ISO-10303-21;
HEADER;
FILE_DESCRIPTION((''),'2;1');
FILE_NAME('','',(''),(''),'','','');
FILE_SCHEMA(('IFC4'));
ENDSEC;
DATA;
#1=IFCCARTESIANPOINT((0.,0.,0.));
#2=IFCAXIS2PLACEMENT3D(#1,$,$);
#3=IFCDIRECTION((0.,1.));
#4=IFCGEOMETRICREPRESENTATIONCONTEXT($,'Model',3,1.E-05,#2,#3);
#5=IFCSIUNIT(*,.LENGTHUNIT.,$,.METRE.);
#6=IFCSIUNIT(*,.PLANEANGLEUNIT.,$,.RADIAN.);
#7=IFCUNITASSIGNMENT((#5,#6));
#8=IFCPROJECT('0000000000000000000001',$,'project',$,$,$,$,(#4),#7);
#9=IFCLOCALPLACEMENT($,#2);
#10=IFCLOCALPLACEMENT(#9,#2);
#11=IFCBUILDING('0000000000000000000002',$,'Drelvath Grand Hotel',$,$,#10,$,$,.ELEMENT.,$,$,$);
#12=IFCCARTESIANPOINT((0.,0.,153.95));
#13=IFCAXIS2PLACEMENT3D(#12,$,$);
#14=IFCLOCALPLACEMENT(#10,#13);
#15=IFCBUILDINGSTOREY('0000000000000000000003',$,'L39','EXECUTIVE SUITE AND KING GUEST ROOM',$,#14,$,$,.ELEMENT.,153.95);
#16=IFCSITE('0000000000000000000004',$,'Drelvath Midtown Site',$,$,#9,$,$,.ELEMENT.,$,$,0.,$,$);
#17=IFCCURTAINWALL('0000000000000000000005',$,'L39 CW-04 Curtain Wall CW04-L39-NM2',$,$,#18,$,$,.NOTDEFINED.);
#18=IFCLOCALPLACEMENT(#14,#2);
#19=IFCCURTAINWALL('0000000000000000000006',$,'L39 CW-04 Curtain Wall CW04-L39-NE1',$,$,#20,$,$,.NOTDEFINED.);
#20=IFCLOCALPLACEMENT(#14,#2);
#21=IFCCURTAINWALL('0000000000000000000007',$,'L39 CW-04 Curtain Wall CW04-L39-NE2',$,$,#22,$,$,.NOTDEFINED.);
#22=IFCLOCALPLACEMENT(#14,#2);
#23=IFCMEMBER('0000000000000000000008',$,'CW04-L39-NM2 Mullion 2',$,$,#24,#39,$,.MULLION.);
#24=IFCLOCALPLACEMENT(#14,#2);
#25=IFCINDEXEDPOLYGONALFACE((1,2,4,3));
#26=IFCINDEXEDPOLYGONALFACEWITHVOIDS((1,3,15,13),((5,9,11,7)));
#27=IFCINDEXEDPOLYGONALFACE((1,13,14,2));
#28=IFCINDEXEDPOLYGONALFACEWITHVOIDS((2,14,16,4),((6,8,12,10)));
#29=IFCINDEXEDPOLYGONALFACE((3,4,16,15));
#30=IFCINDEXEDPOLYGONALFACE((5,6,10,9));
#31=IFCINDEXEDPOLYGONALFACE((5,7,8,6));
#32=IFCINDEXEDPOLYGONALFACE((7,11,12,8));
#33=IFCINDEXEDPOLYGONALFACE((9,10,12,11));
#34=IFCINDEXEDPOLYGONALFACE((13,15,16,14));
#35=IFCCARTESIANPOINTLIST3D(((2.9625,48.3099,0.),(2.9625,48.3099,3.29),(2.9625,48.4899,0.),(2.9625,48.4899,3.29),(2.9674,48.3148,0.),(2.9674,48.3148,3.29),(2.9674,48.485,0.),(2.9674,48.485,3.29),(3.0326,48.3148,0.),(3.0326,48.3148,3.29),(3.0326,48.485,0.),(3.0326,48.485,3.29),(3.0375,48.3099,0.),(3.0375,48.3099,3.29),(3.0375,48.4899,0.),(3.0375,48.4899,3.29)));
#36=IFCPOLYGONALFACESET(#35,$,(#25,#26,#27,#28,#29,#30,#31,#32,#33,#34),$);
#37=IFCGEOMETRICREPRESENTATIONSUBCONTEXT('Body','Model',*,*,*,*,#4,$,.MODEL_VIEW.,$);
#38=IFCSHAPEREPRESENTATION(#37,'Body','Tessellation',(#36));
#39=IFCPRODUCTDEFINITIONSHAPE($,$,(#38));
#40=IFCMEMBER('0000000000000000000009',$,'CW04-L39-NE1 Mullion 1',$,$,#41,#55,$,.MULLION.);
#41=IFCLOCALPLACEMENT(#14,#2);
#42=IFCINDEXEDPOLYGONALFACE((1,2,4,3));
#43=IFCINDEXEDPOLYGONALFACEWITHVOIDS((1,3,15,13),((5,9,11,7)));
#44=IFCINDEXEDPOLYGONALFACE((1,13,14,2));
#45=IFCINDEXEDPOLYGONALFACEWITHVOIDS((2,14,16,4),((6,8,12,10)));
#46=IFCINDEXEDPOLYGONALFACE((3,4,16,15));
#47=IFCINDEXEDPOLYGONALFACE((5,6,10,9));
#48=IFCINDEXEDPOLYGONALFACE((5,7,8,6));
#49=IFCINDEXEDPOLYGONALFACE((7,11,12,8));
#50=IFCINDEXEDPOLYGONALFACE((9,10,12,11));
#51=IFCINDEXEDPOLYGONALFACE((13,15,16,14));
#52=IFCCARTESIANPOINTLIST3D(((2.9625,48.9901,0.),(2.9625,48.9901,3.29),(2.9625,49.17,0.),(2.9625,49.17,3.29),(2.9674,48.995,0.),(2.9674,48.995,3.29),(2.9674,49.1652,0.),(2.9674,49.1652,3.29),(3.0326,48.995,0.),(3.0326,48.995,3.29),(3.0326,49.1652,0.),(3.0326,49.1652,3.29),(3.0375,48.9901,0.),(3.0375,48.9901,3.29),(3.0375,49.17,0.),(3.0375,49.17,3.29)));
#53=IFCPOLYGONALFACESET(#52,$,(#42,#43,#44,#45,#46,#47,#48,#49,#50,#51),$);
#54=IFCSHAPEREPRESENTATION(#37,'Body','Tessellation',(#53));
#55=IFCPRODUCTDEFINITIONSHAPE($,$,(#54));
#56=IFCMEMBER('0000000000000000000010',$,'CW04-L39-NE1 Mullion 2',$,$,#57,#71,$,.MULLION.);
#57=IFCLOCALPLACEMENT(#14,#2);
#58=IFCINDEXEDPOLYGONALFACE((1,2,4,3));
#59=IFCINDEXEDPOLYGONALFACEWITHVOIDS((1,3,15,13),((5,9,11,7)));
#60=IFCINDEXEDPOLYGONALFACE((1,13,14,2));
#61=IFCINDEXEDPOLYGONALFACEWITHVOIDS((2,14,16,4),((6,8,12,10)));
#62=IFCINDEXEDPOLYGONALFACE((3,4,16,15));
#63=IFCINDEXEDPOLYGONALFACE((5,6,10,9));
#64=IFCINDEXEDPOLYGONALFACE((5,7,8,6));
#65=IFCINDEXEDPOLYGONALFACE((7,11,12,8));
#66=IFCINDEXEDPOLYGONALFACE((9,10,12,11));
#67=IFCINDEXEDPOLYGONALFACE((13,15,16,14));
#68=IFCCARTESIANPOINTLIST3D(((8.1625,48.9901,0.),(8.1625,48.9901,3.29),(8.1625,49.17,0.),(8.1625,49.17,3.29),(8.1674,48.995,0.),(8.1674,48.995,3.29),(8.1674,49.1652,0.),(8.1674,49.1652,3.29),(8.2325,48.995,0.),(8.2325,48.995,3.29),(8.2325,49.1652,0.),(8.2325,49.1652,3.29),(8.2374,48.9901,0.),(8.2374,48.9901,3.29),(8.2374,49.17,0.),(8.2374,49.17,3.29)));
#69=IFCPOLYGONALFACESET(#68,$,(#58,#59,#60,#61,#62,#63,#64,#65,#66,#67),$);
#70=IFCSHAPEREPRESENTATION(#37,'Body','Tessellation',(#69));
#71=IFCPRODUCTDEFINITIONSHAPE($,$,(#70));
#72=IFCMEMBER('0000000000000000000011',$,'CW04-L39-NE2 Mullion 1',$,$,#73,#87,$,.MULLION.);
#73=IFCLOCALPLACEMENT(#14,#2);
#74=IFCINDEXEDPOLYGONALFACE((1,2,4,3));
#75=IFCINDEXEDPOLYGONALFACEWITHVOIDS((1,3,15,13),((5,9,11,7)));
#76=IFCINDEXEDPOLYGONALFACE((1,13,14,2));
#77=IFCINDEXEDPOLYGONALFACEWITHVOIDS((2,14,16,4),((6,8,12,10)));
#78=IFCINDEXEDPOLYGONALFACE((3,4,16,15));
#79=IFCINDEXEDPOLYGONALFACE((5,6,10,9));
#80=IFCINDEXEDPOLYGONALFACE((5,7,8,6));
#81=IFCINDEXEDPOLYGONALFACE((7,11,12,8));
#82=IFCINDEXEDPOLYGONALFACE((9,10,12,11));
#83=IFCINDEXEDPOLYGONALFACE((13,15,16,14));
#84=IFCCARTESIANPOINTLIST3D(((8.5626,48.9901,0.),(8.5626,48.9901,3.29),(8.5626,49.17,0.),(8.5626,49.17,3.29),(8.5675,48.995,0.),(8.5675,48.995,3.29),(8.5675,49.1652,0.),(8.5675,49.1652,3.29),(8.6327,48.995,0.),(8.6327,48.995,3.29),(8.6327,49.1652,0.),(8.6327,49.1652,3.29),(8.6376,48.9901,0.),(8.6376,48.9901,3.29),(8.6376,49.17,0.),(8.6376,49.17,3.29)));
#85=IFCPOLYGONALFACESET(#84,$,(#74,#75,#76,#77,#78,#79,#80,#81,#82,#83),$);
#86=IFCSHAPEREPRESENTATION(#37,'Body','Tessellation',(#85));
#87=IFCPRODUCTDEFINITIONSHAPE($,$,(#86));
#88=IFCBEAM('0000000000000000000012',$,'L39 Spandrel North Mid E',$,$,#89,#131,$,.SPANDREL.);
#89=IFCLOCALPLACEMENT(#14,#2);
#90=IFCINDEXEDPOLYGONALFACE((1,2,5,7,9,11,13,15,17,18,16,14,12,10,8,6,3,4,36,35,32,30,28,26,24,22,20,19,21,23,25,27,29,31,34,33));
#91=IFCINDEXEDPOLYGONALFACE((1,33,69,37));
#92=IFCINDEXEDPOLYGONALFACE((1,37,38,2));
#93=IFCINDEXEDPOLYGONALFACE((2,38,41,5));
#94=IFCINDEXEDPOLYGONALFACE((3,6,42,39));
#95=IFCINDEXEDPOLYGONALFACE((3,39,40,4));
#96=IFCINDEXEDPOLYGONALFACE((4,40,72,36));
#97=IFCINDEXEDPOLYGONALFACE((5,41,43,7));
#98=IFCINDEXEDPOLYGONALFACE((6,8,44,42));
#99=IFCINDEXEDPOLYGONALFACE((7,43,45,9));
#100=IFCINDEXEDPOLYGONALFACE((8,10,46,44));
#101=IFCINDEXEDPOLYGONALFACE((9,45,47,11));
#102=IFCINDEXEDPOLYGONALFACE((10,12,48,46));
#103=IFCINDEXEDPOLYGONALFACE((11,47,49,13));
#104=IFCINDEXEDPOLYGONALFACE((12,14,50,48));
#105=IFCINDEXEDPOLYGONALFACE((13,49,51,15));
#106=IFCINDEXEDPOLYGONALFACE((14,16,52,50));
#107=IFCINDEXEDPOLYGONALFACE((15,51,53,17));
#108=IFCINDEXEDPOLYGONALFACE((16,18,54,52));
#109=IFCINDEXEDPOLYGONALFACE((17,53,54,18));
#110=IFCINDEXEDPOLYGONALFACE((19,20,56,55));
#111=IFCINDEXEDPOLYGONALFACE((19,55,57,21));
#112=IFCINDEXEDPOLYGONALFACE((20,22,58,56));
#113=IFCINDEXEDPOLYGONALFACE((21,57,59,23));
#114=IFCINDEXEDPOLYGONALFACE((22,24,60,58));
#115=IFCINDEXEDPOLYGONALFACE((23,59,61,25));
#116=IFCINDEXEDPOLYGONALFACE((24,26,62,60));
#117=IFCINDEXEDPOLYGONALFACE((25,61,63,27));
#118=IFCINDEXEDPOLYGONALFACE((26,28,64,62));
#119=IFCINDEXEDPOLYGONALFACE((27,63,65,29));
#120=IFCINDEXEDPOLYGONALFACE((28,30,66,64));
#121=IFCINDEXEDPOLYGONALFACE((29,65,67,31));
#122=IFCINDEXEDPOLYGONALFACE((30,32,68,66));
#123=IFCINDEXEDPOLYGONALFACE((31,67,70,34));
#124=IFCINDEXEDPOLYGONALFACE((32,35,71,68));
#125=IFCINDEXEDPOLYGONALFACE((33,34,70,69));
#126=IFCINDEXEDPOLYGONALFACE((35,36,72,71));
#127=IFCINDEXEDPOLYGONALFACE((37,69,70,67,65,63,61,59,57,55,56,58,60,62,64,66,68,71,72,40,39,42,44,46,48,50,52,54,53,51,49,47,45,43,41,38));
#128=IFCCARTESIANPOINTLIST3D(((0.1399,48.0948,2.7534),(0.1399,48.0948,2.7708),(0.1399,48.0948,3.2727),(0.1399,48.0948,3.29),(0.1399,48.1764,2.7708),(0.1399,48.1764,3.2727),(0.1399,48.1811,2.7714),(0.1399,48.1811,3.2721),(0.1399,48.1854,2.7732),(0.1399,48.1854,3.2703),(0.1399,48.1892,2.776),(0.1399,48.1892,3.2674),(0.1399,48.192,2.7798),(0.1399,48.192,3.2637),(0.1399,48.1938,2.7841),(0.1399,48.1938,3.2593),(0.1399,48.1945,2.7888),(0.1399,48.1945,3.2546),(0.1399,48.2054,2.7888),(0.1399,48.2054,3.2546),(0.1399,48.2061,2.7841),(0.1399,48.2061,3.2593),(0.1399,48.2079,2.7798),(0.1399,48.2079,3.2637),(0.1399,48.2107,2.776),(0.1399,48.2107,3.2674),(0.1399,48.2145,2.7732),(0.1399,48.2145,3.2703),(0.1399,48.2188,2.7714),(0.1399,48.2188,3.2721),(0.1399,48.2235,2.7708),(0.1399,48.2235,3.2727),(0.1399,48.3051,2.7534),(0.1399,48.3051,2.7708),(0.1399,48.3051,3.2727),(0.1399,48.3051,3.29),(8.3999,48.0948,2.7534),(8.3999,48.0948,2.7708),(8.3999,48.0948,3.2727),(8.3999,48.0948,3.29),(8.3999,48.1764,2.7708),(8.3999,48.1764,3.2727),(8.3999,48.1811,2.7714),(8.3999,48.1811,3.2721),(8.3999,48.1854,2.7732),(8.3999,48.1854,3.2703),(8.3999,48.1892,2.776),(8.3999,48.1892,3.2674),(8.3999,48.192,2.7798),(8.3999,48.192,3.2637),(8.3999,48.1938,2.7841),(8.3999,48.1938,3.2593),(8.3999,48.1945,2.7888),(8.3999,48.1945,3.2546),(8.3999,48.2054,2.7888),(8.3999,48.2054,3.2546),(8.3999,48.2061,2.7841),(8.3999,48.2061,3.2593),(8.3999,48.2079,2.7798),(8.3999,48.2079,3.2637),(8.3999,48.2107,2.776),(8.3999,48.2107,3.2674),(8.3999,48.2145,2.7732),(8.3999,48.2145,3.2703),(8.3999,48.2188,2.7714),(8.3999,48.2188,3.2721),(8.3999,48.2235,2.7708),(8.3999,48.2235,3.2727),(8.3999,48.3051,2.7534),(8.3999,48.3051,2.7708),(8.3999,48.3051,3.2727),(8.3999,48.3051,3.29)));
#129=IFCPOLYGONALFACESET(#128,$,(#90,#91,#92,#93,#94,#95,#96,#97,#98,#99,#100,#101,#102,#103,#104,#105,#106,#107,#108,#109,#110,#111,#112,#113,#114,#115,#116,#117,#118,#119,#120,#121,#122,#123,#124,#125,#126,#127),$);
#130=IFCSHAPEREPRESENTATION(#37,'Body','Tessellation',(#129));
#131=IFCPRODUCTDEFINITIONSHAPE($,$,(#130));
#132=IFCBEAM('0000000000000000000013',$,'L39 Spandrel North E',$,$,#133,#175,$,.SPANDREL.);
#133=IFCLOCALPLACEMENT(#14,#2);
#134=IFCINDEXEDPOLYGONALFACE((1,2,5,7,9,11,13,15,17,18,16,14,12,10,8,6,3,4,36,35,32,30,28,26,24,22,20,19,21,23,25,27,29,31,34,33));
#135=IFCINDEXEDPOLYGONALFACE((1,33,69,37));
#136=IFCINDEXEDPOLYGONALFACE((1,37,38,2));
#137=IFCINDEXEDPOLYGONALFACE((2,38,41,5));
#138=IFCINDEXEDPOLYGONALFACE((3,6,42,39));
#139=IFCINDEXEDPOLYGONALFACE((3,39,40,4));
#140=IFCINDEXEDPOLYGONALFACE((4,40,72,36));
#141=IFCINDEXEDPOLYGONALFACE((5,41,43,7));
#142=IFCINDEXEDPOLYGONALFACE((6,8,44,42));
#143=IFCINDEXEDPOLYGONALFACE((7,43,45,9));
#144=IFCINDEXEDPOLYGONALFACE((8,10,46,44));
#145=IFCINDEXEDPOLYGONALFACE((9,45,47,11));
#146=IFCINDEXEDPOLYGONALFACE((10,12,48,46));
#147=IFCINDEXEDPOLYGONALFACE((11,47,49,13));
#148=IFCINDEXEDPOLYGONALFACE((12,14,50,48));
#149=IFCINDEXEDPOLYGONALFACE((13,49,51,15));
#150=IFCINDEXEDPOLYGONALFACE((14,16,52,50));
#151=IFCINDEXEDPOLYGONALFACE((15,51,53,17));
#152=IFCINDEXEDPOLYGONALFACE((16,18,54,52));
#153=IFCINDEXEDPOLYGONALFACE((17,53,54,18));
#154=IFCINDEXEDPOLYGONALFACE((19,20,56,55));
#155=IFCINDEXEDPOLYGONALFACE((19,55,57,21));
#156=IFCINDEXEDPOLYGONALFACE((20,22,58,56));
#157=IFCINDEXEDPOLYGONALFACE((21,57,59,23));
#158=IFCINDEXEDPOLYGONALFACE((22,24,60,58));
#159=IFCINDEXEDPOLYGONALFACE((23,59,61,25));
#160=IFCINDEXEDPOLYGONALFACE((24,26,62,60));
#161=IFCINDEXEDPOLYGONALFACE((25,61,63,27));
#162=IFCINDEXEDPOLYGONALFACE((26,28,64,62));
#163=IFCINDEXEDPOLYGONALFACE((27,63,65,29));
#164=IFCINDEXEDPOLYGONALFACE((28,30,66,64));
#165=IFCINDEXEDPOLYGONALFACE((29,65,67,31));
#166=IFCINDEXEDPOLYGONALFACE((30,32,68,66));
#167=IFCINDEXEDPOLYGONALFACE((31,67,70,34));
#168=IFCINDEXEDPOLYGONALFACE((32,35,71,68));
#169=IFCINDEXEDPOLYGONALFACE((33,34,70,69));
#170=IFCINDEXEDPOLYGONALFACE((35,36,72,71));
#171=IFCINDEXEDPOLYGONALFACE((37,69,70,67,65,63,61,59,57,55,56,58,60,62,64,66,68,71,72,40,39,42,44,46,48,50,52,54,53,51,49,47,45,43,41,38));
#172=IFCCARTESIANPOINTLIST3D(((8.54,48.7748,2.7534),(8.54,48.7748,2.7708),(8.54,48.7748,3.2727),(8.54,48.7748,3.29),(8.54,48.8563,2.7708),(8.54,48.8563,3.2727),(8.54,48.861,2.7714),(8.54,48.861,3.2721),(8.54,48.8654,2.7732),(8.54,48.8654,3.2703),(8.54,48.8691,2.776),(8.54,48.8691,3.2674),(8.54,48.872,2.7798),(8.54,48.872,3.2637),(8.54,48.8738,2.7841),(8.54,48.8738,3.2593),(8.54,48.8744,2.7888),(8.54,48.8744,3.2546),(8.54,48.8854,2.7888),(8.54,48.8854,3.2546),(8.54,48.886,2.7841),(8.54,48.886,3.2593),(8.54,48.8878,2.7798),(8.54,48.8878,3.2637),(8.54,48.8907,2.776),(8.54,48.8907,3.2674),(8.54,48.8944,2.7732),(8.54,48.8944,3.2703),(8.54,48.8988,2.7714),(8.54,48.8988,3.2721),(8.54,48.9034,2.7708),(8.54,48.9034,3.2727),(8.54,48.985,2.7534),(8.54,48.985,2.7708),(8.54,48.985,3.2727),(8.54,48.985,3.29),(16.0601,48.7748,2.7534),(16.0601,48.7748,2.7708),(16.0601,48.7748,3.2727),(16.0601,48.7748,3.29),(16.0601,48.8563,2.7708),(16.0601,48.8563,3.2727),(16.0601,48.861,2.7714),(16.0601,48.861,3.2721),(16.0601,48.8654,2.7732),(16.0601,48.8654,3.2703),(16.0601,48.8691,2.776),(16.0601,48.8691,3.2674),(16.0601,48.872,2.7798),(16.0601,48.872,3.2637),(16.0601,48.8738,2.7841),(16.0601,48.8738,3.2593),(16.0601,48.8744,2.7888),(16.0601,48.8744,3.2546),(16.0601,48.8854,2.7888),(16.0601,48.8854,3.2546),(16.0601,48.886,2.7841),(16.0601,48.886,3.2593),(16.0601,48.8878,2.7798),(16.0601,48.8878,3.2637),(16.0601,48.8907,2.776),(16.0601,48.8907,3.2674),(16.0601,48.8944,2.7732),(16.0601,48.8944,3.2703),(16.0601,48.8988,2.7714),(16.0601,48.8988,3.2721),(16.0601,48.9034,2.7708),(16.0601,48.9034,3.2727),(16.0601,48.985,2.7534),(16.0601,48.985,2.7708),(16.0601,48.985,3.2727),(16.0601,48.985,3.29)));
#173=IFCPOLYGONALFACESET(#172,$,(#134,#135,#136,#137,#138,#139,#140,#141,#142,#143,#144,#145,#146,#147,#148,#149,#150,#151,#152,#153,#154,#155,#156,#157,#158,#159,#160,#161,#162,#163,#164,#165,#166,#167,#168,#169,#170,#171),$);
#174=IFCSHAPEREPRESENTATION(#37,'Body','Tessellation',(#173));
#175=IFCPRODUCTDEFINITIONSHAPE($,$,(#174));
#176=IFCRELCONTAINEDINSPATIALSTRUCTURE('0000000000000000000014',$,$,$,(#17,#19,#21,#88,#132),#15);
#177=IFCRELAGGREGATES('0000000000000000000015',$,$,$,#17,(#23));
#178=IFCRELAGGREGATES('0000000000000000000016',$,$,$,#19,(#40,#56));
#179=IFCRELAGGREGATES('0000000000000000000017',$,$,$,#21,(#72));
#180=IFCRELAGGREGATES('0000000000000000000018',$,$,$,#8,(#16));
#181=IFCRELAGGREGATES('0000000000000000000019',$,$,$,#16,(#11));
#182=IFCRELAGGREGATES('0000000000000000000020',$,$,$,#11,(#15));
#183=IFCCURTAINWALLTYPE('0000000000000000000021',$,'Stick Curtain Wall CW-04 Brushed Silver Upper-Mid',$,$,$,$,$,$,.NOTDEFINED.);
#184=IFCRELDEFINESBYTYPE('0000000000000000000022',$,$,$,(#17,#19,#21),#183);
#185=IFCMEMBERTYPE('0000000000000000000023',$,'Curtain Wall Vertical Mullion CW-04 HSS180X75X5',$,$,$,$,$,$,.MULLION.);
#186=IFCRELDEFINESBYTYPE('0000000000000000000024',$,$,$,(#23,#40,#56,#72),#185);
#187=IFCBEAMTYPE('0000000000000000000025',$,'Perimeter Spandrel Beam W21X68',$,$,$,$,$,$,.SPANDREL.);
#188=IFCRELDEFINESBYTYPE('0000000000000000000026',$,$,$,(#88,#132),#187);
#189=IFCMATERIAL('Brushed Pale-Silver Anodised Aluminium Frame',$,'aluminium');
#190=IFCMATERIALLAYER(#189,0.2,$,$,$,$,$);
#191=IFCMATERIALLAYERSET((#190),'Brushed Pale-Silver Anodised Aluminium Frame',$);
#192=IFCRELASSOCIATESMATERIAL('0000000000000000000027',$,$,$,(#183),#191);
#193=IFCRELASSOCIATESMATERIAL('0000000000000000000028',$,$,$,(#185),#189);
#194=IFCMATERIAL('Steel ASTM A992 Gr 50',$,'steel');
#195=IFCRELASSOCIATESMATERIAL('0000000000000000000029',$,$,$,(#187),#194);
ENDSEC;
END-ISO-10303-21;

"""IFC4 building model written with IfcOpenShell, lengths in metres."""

from ifc_helpers import new_model, si_unit, direction, frame, origin, origin_2d, place, context, subcontext, project, spatial, hollow_rectangle, i_section, extrude, material, layer, layer_set, material_profile, profile_set, type_object, element, aggregate, save


model = new_model("IFC4")

# Units and contexts
model_context = context("Model", 3, precision=1e-05, world=origin(), true_north=direction((0.0, 1.0)))
body_context = subcontext(model_context, "Body", "Model", "MODEL_VIEW")
ifc_project = project(units=[si_unit("LENGTHUNIT", "METRE"), si_unit("PLANEANGLEUNIT", "RADIAN")], contexts=[model_context])

# Site, building, storey
site_placement = place(None, origin())
site = spatial("IfcSite", under=ifc_project, at=site_placement, Name="Drelvath Midtown Site", CompositionType="ELEMENT", RefElevation=0.0)
building_placement = place(site_placement, origin())
building = spatial("IfcBuilding", under=site, at=building_placement, Name="Drelvath Grand Hotel", CompositionType="ELEMENT")
storey_placement = place(building_placement, frame((0.0, 0.0, 153.95)))
storey = spatial("IfcBuildingStorey", under=building, at=storey_placement, Name="L39", Description="EXECUTIVE SUITE AND KING GUEST ROOM", CompositionType="ELEMENT", Elevation=153.95)

# Curtain walls
ifc_material_1 = material(Name="Brushed Pale-Silver Anodised Aluminium Frame", Category="aluminium")
ifc_layer_1 = layer(ifc_material_1, 0.2)
ifc_layer_set_1 = layer_set([ifc_layer_1], Name="Brushed Pale-Silver Anodised Aluminium Frame")
curtain_wall_type = type_object("IfcCurtainWallType", Name="Stick Curtain Wall CW-04 Brushed Silver Upper-Mid", PredefinedType="NOTDEFINED", material=ifc_layer_set_1)
curtain_wall_1_placement = place(storey_placement, origin())
curtain_wall_1 = element("IfcCurtainWall", 1, at=curtain_wall_1_placement, inside=storey, type_object=curtain_wall_type, Name="L39 CW-04 Curtain Wall CW04-L39-NM2", PredefinedType="NOTDEFINED")
curtain_wall_2_placement = place(storey_placement, origin())
curtain_wall_2 = element("IfcCurtainWall", 2, at=curtain_wall_2_placement, inside=storey, type_object=curtain_wall_type, Name="L39 CW-04 Curtain Wall CW04-L39-NE1", PredefinedType="NOTDEFINED")
curtain_wall_3_placement = place(storey_placement, origin())
curtain_wall_3 = element("IfcCurtainWall", 3, at=curtain_wall_3_placement, inside=storey, type_object=curtain_wall_type, Name="L39 CW-04 Curtain Wall CW04-L39-NE2", PredefinedType="NOTDEFINED")
ifc_material_profile_1 = material_profile(ifc_material_1, hollow_rectangle(XDim=0.075, YDim=0.1799, WallThickness=0.0049, at=origin_2d()), Name="HSS180X75X5")
ifc_profile_set_1 = profile_set([ifc_material_profile_1], Name="Brushed Pale-Silver Anodised Aluminium Frame")
member_type_1 = type_object("IfcMemberType", Name="Curtain Wall Vertical Mullion CW-04 HSS180X75X5", PredefinedType="MULLION", material=ifc_profile_set_1)

# Members
member_1_placement = place(storey_placement, frame((3.0, 48.3999, 0.0), z_axis=(0.0, 0.0, 1.0), x_axis=(1.0, 0.0, 0.0)))
member_1 = element("IfcMember", 4, at=member_1_placement, type_object=member_type_1, Name="CW04-L39-NM2 Mullion 2", PredefinedType="MULLION", context=body_context, shape_type="SweptSolid", body=[
    extrude(hollow_rectangle(XDim=0.075, YDim=0.1799, WallThickness=0.0049, at=origin_2d()), origin(), (0.0, 0.0, 1.0), 3.29),
])
member_2_placement = place(storey_placement, frame((3.0, 49.0801, 0.0), z_axis=(0.0, 0.0, 1.0), x_axis=(1.0, 0.0, 0.0)))
member_2 = element("IfcMember", 5, at=member_2_placement, type_object=member_type_1, Name="CW04-L39-NE1 Mullion 1", PredefinedType="MULLION", context=body_context, shape_type="SweptSolid", body=[
    extrude(hollow_rectangle(XDim=0.075, YDim=0.1799, WallThickness=0.0049, at=origin_2d()), origin(), (0.0, 0.0, 1.0), 3.29),
])
member_3_placement = place(storey_placement, frame((8.2, 49.0801, 0.0), z_axis=(0.0, 0.0, 1.0), x_axis=(1.0, 0.0, 0.0)))
member_3 = element("IfcMember", 6, at=member_3_placement, type_object=member_type_1, Name="CW04-L39-NE1 Mullion 2", PredefinedType="MULLION", context=body_context, shape_type="SweptSolid", body=[
    extrude(hollow_rectangle(XDim=0.075, YDim=0.1799, WallThickness=0.0049, at=origin_2d()), origin(), (0.0, 0.0, 1.0), 3.29),
])
member_4_placement = place(storey_placement, frame((8.6001, 49.0801, 0.0), z_axis=(0.0, 0.0, 1.0), x_axis=(1.0, 0.0, 0.0)))
member_4 = element("IfcMember", 7, at=member_4_placement, type_object=member_type_1, Name="CW04-L39-NE2 Mullion 1", PredefinedType="MULLION", context=body_context, shape_type="SweptSolid", body=[
    extrude(hollow_rectangle(XDim=0.075, YDim=0.1799, WallThickness=0.0049, at=origin_2d()), origin(), (0.0, 0.0, 1.0), 3.29),
])

# Beams
ifc_material_2 = material(Name="Steel ASTM A992 Gr 50", Category="steel")
ifc_material_profile_2 = material_profile(ifc_material_2, i_section(OverallWidth=0.2102, OverallDepth=0.5366, WebThickness=0.011, FlangeThickness=0.0173, FilletRadius=0.0181, at=origin_2d()), Name="W21X68")
ifc_profile_set_2 = profile_set([ifc_material_profile_2], Name="Steel ASTM A992 Gr 50")
beam_type_1 = type_object("IfcBeamType", Name="Perimeter Spandrel Beam W21X68", PredefinedType="SPANDREL", material=ifc_profile_set_2)
beam_1_placement = place(storey_placement, frame((0.1399, 48.2, 3.0217), z_axis=(1.0, 0.0, 0.0), x_axis=(0.0, 1.0, 0.0)))
element("IfcBeam", 8, at=beam_1_placement, inside=storey, type_object=beam_type_1, Name="L39 Spandrel North Mid E", PredefinedType="SPANDREL", context=body_context, shape_type="SweptSolid", body=[
    extrude(i_section(OverallWidth=0.2102, OverallDepth=0.5366, WebThickness=0.011, FlangeThickness=0.0173, FilletRadius=0.0181, at=origin_2d()), origin(), (0.0, 0.0, 1.0), 8.26),
])
beam_2_placement = place(storey_placement, frame((8.54, 48.8799, 3.0217), z_axis=(1.0, 0.0, 0.0), x_axis=(0.0, 1.0, 0.0)))
element("IfcBeam", 9, at=beam_2_placement, inside=storey, type_object=beam_type_1, Name="L39 Spandrel North E", PredefinedType="SPANDREL", context=body_context, shape_type="SweptSolid", body=[
    extrude(i_section(OverallWidth=0.2102, OverallDepth=0.5366, WebThickness=0.011, FlangeThickness=0.0173, FilletRadius=0.0181, at=origin_2d()), origin(), (0.0, 0.0, 1.0), 7.52),
])

aggregate(curtain_wall_1, [member_1])
aggregate(curtain_wall_2, [member_2, member_3])
aggregate(curtain_wall_3, [member_4])

save(model, "model.ifc")
